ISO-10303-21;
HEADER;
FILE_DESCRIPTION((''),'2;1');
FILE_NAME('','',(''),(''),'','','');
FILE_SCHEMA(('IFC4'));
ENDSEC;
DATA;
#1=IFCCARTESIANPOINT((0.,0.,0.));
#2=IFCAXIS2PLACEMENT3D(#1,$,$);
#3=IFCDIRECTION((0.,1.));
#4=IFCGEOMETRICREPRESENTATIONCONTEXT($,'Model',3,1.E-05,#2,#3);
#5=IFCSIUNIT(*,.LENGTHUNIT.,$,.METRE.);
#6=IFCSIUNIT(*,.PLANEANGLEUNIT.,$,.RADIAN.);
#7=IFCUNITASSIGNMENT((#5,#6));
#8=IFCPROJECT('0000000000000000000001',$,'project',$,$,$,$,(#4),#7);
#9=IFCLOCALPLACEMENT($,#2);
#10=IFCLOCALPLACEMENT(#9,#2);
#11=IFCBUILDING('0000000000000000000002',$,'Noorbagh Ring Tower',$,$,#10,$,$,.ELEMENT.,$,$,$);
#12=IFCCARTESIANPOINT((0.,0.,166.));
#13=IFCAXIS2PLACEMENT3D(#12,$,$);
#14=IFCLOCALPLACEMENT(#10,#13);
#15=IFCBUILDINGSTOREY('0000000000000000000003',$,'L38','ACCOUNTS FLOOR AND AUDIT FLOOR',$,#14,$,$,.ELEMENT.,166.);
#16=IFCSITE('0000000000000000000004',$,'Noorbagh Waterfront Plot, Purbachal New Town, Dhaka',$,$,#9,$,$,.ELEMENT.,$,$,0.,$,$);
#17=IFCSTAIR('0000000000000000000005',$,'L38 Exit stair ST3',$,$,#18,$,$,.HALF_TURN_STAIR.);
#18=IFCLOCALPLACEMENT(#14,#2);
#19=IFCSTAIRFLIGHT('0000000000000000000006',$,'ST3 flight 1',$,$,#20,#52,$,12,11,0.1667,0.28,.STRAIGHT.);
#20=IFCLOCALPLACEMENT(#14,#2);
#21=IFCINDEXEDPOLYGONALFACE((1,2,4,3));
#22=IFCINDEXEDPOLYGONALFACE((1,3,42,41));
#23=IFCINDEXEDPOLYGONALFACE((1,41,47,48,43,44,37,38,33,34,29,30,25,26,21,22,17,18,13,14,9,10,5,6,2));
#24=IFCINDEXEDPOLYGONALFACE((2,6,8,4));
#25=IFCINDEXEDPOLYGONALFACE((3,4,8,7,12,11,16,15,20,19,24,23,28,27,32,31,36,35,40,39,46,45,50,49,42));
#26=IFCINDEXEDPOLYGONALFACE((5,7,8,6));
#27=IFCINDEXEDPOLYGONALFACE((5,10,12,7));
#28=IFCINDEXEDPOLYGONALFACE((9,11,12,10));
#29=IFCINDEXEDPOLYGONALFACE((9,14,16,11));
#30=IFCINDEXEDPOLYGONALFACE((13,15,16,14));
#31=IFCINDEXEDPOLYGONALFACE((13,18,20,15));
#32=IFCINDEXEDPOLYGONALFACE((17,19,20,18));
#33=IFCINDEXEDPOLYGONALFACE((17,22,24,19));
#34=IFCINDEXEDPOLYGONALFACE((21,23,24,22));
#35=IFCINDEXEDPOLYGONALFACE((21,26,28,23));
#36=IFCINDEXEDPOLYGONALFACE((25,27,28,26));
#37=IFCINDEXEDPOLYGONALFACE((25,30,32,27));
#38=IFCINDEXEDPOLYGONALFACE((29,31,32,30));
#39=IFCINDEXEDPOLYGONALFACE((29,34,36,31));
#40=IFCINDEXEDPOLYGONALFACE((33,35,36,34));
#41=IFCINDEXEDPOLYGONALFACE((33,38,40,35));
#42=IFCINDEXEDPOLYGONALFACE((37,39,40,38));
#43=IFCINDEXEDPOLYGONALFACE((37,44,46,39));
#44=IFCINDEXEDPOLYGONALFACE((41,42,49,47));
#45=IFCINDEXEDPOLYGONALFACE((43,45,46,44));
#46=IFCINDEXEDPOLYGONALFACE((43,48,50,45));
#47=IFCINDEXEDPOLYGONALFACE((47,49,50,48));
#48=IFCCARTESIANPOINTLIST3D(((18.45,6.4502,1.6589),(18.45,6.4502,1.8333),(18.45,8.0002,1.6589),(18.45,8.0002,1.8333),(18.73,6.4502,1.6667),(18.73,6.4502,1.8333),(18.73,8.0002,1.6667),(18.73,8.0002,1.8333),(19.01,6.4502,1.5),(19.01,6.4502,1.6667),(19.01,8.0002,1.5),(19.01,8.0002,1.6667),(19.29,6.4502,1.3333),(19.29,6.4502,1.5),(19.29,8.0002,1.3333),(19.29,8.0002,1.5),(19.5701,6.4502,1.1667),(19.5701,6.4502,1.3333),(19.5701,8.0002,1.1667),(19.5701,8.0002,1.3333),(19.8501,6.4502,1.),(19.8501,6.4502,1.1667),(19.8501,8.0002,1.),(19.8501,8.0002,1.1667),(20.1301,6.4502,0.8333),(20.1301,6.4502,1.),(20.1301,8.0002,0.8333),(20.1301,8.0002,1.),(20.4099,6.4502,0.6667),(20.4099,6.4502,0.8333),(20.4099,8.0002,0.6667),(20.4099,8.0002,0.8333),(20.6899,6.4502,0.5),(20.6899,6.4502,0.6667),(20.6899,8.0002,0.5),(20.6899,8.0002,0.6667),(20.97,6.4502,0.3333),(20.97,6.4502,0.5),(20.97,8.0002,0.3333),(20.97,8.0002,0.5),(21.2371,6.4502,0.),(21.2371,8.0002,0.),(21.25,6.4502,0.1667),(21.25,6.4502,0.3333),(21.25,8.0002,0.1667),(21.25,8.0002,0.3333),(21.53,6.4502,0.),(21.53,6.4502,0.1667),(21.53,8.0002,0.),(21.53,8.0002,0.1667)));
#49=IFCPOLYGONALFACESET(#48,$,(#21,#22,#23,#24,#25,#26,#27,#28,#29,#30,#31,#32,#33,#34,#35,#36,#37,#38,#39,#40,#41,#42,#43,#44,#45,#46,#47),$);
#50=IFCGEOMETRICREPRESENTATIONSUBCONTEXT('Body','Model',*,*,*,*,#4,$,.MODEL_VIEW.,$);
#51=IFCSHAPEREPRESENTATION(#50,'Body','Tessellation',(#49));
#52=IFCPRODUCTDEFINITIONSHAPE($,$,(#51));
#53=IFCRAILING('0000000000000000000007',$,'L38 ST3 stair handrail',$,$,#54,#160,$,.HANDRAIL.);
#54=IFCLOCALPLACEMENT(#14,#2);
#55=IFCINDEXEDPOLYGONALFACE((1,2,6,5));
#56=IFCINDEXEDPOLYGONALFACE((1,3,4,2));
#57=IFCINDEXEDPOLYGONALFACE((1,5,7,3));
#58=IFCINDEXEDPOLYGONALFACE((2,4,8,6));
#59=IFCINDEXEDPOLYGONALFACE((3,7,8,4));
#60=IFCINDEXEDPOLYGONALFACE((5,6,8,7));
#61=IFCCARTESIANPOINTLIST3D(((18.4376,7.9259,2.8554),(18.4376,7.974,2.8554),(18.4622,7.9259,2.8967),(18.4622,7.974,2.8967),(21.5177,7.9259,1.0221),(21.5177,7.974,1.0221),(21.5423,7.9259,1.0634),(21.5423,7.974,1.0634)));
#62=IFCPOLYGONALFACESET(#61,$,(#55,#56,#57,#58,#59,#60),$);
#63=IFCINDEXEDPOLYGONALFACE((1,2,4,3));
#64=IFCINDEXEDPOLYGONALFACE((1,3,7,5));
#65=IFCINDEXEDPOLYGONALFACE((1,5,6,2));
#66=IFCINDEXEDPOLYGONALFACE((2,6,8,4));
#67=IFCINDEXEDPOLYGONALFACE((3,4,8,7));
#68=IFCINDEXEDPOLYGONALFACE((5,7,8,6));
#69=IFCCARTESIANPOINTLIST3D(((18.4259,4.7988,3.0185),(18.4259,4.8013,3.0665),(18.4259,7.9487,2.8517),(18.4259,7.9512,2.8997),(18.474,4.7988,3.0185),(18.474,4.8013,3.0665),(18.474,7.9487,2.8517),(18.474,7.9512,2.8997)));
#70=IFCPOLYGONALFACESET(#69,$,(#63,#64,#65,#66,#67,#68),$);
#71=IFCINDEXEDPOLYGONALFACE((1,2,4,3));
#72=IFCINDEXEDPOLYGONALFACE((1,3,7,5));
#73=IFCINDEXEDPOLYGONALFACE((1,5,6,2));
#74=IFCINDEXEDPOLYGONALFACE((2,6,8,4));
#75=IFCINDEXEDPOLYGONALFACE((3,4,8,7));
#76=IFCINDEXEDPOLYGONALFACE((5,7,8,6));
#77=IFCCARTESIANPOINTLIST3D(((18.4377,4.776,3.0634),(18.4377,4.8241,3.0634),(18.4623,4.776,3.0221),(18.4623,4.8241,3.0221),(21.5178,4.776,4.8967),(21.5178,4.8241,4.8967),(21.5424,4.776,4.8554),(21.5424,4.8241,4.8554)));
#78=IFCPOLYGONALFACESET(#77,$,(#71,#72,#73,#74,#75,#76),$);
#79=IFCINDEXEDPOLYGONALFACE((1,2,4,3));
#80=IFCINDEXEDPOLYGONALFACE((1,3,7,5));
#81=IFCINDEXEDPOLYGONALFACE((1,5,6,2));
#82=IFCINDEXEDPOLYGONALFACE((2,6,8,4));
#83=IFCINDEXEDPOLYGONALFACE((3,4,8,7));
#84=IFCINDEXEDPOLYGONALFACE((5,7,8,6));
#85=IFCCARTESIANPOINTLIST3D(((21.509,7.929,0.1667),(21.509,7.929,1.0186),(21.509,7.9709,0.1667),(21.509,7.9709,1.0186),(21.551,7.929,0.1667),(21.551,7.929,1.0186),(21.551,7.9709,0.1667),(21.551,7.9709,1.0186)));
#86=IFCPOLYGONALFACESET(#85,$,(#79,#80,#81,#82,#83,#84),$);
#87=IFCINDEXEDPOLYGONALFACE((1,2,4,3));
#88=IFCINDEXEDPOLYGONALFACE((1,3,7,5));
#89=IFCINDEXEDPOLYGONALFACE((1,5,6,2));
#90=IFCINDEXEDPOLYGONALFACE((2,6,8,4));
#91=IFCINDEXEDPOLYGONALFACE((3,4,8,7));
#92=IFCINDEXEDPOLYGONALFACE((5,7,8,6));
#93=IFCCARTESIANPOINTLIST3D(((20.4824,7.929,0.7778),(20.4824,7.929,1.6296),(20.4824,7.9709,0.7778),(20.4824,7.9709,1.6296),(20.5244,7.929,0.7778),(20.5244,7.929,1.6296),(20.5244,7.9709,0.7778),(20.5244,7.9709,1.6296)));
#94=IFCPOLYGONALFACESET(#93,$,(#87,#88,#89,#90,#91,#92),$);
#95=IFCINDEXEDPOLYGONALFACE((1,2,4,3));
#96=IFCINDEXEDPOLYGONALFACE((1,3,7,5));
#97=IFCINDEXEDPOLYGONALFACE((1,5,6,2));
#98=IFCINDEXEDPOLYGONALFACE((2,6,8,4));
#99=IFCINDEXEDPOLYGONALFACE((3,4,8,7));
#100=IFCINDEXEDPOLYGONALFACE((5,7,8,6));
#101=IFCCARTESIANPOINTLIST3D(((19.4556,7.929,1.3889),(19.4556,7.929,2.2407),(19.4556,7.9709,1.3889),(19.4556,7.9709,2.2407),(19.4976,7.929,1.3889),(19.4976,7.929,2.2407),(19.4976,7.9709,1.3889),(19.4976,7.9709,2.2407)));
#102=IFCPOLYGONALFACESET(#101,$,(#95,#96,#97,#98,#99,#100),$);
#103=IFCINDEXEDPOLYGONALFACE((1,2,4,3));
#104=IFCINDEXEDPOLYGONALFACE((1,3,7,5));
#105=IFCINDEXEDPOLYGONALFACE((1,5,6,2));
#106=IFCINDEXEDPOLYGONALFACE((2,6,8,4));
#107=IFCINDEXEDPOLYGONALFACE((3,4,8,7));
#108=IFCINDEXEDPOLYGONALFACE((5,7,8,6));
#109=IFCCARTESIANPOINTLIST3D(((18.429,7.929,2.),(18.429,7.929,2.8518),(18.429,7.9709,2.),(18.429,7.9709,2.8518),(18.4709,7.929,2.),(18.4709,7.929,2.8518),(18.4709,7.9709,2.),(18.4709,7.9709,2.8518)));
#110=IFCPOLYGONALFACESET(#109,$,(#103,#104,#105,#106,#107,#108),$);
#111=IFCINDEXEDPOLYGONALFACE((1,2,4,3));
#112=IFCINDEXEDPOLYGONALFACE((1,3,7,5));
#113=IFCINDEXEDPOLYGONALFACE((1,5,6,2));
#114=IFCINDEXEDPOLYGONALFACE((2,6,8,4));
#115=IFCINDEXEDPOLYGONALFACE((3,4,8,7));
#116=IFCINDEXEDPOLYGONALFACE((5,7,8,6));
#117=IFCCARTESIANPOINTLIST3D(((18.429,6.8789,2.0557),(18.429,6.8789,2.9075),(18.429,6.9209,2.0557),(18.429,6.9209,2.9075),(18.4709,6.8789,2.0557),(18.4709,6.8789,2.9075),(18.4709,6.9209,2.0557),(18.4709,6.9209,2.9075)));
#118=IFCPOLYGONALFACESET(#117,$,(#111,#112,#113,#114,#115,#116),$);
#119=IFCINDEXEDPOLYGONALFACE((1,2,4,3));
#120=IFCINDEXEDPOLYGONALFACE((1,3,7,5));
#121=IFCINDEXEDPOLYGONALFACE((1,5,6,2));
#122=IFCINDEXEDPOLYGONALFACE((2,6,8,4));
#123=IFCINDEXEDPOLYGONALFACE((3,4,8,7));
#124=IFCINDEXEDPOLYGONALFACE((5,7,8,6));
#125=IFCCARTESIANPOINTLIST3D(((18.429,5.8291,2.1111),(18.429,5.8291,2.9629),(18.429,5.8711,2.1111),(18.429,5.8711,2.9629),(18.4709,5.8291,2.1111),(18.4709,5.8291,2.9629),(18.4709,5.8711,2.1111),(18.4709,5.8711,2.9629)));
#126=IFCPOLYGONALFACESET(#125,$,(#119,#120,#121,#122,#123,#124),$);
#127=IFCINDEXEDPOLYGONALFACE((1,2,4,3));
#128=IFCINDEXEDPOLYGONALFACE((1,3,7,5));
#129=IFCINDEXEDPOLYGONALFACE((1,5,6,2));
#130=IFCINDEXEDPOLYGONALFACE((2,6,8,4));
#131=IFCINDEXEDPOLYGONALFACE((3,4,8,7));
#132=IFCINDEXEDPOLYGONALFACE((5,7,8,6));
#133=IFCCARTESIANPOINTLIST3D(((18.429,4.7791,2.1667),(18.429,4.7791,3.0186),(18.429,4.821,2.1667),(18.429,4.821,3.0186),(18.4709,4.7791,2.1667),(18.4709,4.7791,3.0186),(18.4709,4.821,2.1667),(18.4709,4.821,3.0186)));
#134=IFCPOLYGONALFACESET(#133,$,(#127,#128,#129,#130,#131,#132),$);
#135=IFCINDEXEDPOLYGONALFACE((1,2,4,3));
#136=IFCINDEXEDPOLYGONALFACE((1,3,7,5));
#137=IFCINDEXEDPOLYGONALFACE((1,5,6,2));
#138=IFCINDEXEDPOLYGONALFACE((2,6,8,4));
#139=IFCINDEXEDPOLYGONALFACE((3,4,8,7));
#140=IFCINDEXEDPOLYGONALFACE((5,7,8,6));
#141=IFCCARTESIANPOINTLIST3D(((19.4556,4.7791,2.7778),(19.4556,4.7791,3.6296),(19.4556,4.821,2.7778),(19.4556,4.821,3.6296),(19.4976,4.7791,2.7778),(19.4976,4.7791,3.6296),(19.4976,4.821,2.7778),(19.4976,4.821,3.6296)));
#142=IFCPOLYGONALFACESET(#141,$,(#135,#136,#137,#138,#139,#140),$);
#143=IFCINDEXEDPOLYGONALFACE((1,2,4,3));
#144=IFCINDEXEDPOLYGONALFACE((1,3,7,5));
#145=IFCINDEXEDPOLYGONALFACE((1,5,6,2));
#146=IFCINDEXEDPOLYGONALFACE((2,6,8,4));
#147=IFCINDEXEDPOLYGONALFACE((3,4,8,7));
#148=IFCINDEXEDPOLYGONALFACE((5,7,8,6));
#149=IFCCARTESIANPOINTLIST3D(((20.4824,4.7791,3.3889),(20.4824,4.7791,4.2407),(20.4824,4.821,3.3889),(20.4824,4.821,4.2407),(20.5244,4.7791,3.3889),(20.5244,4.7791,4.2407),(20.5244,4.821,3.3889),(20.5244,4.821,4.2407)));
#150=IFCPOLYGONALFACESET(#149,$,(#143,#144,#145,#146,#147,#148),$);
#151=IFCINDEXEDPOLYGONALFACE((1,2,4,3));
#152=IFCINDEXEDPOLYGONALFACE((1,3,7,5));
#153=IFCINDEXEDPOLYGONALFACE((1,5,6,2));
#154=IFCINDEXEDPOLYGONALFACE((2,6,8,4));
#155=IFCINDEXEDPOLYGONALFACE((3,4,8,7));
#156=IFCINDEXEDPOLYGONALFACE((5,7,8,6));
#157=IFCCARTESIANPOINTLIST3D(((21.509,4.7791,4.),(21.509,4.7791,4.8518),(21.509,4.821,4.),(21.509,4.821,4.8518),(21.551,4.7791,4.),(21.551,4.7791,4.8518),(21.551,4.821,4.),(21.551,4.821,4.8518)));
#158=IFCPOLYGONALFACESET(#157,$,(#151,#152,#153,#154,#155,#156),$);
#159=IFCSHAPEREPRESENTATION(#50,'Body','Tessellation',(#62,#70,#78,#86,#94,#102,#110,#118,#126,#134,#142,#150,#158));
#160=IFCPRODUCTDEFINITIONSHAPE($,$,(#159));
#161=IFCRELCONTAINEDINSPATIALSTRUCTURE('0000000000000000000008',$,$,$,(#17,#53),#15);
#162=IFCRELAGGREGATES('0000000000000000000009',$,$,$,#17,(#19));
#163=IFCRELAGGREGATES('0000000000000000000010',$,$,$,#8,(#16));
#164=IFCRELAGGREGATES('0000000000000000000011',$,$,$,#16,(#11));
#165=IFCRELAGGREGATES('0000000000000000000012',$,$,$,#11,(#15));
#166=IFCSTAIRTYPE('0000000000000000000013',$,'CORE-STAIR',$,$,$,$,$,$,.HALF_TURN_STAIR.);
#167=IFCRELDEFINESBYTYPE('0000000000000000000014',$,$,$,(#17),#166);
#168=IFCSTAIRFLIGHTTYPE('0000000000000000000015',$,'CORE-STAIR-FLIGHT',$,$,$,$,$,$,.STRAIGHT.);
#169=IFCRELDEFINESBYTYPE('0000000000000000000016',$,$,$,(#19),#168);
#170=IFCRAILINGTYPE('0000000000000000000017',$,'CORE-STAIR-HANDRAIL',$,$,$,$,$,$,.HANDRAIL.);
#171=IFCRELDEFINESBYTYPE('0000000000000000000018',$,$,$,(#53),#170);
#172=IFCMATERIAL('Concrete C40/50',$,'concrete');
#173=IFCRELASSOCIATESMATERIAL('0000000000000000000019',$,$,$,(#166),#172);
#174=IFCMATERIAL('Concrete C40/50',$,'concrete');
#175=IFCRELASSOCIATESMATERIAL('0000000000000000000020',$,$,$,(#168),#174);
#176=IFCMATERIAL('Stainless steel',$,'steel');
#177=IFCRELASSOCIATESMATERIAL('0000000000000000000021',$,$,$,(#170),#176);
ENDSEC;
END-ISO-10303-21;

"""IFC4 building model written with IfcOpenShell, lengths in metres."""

from ifc_helpers import new_model, si_unit, direction, frame, origin, origin_2d, place, context, subcontext, project, spatial, polyline, rectangle, outline, extrude, material, type_object, element, aggregate, save


model = new_model("IFC4")

# Units and contexts
model_context = context("Model", 3, precision=1e-05, world=origin(), true_north=direction((0.0, 1.0)))
body_context = subcontext(model_context, "Body", "Model", "MODEL_VIEW")
ifc_project = project(units=[si_unit("LENGTHUNIT", "METRE"), si_unit("PLANEANGLEUNIT", "RADIAN")], contexts=[model_context])

# Site, building, storey
site_placement = place(None, origin())
site = spatial("IfcSite", under=ifc_project, at=site_placement, Name="Noorbagh Waterfront Plot, Purbachal New Town, Dhaka", CompositionType="ELEMENT", RefElevation=0.0)
building_placement = place(site_placement, origin())
building = spatial("IfcBuilding", under=site, at=building_placement, Name="Noorbagh Ring Tower", CompositionType="ELEMENT")
storey_placement = place(building_placement, frame((0.0, 0.0, 166.0)))
storey = spatial("IfcBuildingStorey", under=building, at=storey_placement, Name="L38", Description="ACCOUNTS FLOOR AND AUDIT FLOOR", CompositionType="ELEMENT", Elevation=166.0)

# Stair, stair flight
ifc_material_1 = material(Name="Concrete C40/50", Category="concrete")
stair_type = type_object("IfcStairType", Name="CORE-STAIR", PredefinedType="HALF_TURN_STAIR", material=ifc_material_1)
stair_placement = place(storey_placement, origin())
stair = element("IfcStair", 1, at=stair_placement, inside=storey, type_object=stair_type, Name="L38 Exit stair ST3", PredefinedType="HALF_TURN_STAIR")
ifc_material_2 = material(Name="Concrete C40/50", Category="concrete")
stair_flight_type = type_object("IfcStairFlightType", Name="CORE-STAIR-FLIGHT", PredefinedType="STRAIGHT", material=ifc_material_2)
stair_flight_placement = place(storey_placement, frame((21.53, 7.2251, 0.0), z_axis=(0.0, 0.0, 1.0), x_axis=(-1.0, 0.0, 0.0)))
stair_flight = element("IfcStairFlight", 2, at=stair_flight_placement, type_object=stair_flight_type, Name="ST3 flight 1", NumberOfRisers=12, NumberOfTreads=11, PredefinedType="STRAIGHT", RiserHeight=0.1667, TreadLength=0.28, context=body_context, shape_type="SweptSolid", body=[
    extrude(outline(polyline([(0.0, 0.0), (0.0, 0.1667), (0.28, 0.1667), (0.28, 0.3333), (0.5601, 0.3333), (0.5601, 0.5), (0.8401, 0.5), (0.8401, 0.6667), (1.1201, 0.6667), (1.1201, 0.8333), (1.3999, 0.8333), (1.3999, 1.0), (1.6799, 1.0), (1.6799, 1.1667), (1.96, 1.1667), (1.96, 1.3333), (2.24, 1.3333), (2.24, 1.5), (2.52, 1.5), (2.52, 1.6667), (2.8, 1.6667), (2.8, 1.8333), (3.0801, 1.8333), (3.0801, 2.0), (3.0801, 1.6589), (0.293, 0.0), (0.0, 0.0)])), frame((0.0, 0.7749, 0.0), z_axis=(0.0, -1.0, 0.0), x_axis=(1.0, 0.0, 0.0)), (0.0, 0.0, 1.0), 1.55),
])
aggregate(stair, [stair_flight])

# Railing
ifc_material_3 = material(Name="Stainless steel", Category="steel")
railing_type = type_object("IfcRailingType", Name="CORE-STAIR-HANDRAIL", PredefinedType="HANDRAIL", material=ifc_material_3)
railing_placement = place(storey_placement, frame((21.53, 7.95, 0.1667)))
element("IfcRailing", 3, at=railing_placement, inside=storey, type_object=railing_type, Name="L38 ST3 stair handrail", PredefinedType="HANDRAIL", context=body_context, shape_type="SweptSolid", body=[
    extrude(rectangle(XDim=0.0481, YDim=0.0481, at=origin_2d()), frame((0.0, 0.0, 0.876), z_axis=(-0.859309, 0.0, 0.511458), x_axis=(0.0, -1.0, 0.0)), (0.0, 0.0, 1.0), 3.5845),
    extrude(rectangle(XDim=0.0481, YDim=0.0481, at=origin_2d()), frame((-3.0801, 0.0, 2.709), z_axis=(0.0, -0.998602, 0.052864), x_axis=(1.0, 0.0, 0.0)), (0.0, 0.0, 1.0), 3.1543),
    extrude(rectangle(XDim=0.0481, YDim=0.0481, at=origin_2d()), frame((-3.0801, -3.1499, 2.876), z_axis=(0.859309, 0.0, 0.511458), x_axis=(0.0, 1.0, 0.0)), (0.0, 0.0, 1.0), 3.5845),
    extrude(rectangle(XDim=0.042, YDim=0.042, at=origin_2d()), origin(), (0.0, 0.0, 1.0), 0.8518),
    extrude(rectangle(XDim=0.042, YDim=0.042, at=origin_2d()), frame((-1.0266, 0.0, 0.6111)), (0.0, 0.0, 1.0), 0.8518),
    extrude(rectangle(XDim=0.042, YDim=0.042, at=origin_2d()), frame((-2.0535, 0.0, 1.2222)), (0.0, 0.0, 1.0), 0.8518),
    extrude(rectangle(XDim=0.042, YDim=0.042, at=origin_2d()), frame((-3.0801, 0.0, 1.8333)), (0.0, 0.0, 1.0), 0.8518),
    extrude(rectangle(XDim=0.042, YDim=0.042, at=origin_2d()), frame((-3.0801, -1.05, 1.8889)), (0.0, 0.0, 1.0), 0.8518),
    extrude(rectangle(XDim=0.042, YDim=0.042, at=origin_2d()), frame((-3.0801, -2.0999, 1.9443)), (0.0, 0.0, 1.0), 0.8518),
    extrude(rectangle(XDim=0.042, YDim=0.042, at=origin_2d()), frame((-3.0801, -3.1499, 2.0)), (0.0, 0.0, 1.0), 0.8518),
    extrude(rectangle(XDim=0.042, YDim=0.042, at=origin_2d()), frame((-2.0535, -3.1499, 2.6111)), (0.0, 0.0, 1.0), 0.8518),
    extrude(rectangle(XDim=0.042, YDim=0.042, at=origin_2d()), frame((-1.0266, -3.1499, 3.2222)), (0.0, 0.0, 1.0), 0.8518),
    extrude(rectangle(XDim=0.042, YDim=0.042, at=origin_2d()), frame((0.0, -3.1499, 3.8333)), (0.0, 0.0, 1.0), 0.8518),
])

save(model, "model.ifc")
